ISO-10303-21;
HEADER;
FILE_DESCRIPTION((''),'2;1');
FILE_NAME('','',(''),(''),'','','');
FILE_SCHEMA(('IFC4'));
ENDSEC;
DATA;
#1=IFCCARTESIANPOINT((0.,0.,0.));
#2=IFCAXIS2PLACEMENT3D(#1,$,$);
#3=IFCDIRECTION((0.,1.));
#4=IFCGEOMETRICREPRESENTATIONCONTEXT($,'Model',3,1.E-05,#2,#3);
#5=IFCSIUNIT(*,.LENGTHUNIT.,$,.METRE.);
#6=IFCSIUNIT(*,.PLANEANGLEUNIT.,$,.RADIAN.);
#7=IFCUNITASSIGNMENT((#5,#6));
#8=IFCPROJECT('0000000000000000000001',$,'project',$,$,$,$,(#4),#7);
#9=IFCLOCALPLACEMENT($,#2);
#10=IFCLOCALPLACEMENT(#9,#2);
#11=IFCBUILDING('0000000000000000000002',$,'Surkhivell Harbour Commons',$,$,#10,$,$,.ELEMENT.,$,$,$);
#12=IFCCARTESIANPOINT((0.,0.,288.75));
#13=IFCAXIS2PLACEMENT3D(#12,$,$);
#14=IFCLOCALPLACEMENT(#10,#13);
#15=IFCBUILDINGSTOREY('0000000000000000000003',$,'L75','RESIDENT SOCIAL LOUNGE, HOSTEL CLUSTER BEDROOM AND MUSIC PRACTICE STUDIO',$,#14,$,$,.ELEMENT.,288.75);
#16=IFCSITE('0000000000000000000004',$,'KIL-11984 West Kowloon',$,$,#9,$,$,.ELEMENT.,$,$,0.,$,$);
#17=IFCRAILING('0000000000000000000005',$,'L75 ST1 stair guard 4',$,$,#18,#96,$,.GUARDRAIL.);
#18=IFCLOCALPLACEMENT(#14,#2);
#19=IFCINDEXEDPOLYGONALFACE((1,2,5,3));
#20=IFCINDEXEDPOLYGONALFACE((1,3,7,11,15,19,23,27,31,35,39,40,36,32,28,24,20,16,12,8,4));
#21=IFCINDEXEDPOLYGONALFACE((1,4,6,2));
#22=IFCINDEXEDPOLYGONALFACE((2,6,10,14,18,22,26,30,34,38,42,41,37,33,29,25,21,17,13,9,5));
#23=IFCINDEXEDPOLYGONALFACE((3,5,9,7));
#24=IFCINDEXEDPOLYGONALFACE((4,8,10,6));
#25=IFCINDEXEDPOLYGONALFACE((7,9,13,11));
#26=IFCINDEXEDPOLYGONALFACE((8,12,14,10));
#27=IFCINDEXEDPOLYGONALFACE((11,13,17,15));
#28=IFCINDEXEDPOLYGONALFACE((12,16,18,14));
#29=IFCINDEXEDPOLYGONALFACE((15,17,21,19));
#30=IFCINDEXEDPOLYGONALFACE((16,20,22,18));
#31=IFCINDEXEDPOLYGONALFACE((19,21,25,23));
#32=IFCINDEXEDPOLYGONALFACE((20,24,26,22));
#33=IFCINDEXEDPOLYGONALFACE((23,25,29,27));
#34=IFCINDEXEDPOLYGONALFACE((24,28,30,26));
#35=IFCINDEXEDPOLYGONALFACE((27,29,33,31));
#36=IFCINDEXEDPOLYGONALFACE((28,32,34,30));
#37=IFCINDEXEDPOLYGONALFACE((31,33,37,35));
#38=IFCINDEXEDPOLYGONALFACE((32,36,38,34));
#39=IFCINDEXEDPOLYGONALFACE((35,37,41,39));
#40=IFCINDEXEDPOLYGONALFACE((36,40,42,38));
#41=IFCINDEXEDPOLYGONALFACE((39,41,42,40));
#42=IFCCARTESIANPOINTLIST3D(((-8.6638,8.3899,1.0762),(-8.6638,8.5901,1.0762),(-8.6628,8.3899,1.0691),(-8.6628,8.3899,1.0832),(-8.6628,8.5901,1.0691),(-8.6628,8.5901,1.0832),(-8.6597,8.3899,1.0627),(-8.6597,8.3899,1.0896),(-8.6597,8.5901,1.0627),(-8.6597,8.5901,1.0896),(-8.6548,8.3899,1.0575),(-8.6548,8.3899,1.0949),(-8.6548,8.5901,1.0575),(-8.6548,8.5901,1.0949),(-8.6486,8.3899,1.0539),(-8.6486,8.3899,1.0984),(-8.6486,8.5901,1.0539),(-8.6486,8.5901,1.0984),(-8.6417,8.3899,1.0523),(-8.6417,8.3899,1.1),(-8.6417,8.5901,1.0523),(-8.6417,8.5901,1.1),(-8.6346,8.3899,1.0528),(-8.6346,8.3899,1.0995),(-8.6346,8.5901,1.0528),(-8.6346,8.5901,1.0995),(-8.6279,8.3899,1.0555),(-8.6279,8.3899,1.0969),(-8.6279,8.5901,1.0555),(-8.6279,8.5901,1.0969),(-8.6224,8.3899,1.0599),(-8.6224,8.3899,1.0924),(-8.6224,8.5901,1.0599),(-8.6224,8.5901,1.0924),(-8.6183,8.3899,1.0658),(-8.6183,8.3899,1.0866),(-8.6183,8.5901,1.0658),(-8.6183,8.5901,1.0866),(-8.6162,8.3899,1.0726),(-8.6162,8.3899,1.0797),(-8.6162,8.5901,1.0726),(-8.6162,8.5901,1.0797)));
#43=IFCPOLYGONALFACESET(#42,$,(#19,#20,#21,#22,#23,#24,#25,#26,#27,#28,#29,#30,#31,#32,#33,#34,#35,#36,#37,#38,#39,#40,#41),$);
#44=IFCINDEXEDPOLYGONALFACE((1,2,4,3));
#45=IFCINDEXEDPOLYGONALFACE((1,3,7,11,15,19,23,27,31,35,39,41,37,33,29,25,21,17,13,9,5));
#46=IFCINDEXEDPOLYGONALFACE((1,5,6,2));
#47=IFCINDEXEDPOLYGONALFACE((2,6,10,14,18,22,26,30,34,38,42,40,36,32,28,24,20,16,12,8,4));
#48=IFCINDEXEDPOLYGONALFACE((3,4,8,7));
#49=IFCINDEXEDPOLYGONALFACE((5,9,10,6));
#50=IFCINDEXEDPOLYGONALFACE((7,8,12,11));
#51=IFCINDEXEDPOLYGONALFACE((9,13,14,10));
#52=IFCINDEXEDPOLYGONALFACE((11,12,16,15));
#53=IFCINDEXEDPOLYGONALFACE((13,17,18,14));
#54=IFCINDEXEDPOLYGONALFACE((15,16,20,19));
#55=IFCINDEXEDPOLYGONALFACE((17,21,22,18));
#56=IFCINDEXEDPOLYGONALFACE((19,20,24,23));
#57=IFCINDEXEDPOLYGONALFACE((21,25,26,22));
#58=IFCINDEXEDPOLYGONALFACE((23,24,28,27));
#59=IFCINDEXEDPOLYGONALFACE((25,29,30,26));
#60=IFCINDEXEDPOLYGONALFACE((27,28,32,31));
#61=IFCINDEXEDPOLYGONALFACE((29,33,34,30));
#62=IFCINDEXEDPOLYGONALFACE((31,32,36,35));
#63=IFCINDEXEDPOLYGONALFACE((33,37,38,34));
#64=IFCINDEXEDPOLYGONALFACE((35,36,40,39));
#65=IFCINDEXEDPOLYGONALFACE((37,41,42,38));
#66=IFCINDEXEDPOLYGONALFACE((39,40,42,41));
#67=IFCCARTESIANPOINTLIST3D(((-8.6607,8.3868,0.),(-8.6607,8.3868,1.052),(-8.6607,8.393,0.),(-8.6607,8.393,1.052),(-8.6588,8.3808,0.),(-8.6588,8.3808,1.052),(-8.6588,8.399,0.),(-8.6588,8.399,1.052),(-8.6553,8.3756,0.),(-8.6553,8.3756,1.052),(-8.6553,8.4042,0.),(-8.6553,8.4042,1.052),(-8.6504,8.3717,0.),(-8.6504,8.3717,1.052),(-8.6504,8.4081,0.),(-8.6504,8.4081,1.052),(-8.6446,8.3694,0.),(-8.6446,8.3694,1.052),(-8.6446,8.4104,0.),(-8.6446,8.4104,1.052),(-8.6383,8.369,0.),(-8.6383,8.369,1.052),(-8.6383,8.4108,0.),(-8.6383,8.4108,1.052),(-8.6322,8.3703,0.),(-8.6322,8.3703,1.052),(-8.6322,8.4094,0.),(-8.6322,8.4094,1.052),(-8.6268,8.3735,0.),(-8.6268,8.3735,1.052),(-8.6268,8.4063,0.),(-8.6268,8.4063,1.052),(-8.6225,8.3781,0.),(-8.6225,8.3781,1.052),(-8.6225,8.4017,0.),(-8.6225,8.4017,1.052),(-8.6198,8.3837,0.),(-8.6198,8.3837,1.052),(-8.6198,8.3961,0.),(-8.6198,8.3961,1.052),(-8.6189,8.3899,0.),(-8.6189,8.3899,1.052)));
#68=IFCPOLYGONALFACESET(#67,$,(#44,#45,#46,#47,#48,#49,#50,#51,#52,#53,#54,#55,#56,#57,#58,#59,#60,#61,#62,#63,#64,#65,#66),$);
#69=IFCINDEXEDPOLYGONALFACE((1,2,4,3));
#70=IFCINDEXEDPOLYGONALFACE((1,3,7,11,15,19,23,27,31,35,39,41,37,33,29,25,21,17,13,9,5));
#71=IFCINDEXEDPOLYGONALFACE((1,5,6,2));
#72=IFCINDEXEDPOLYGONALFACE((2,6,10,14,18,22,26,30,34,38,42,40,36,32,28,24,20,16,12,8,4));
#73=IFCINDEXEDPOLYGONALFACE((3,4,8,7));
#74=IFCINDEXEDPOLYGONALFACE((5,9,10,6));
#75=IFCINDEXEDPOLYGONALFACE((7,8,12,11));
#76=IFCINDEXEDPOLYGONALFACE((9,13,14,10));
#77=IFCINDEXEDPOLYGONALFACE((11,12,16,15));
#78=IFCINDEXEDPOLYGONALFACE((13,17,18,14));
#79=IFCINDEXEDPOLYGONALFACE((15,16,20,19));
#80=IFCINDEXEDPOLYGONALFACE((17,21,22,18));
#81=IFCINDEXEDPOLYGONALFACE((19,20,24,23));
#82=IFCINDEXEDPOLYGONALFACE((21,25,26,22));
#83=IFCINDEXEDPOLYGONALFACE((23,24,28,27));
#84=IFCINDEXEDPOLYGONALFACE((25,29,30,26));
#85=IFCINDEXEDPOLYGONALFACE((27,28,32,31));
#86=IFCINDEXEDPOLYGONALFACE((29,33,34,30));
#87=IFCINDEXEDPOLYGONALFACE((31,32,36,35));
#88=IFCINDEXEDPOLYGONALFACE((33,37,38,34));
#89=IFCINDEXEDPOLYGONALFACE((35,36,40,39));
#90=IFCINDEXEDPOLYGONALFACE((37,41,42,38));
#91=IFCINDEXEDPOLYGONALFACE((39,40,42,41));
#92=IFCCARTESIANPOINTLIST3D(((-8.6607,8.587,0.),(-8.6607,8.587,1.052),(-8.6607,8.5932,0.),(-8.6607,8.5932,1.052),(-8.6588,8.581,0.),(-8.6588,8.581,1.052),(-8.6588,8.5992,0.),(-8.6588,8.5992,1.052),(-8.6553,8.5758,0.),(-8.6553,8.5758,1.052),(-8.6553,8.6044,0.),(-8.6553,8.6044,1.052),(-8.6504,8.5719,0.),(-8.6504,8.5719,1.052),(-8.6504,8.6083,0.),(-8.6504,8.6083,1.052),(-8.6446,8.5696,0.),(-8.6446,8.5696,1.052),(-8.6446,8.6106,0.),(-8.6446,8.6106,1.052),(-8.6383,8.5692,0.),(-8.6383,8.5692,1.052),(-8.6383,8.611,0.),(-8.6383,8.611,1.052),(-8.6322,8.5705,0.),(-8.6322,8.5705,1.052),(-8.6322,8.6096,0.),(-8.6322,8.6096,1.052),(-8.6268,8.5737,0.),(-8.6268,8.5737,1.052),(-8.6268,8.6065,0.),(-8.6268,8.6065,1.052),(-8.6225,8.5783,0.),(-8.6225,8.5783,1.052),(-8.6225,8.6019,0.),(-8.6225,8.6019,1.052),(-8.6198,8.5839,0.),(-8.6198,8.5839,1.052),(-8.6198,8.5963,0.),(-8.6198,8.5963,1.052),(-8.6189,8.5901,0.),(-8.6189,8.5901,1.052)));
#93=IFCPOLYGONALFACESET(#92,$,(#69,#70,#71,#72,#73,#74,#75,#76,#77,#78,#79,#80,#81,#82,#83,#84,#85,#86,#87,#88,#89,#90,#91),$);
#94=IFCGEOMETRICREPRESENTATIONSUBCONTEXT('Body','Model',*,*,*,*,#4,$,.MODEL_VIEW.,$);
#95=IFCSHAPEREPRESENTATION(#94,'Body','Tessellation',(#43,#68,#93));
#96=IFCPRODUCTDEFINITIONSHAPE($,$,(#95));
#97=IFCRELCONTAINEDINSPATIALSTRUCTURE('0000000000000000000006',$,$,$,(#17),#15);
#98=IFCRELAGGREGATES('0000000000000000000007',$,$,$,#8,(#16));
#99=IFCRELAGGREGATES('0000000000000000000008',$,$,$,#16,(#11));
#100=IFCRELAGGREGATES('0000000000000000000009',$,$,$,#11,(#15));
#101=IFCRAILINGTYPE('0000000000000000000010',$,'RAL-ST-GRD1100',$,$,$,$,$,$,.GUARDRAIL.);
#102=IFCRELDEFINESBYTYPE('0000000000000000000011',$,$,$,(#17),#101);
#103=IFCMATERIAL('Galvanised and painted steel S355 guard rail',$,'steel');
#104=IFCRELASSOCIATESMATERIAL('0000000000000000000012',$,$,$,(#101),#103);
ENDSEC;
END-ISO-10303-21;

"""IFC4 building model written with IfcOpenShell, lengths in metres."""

from ifc_helpers import new_model, si_unit, direction, frame, origin, origin_2d, place, context, subcontext, project, spatial, circle, extrude, material, type_object, element, save


model = new_model("IFC4")

# Units and contexts
model_context = context("Model", 3, precision=1e-05, world=origin(), true_north=direction((0.0, 1.0)))
body_context = subcontext(model_context, "Body", "Model", "MODEL_VIEW")
ifc_project = project(units=[si_unit("LENGTHUNIT", "METRE"), si_unit("PLANEANGLEUNIT", "RADIAN")], contexts=[model_context])

# Site, building, storey
site_placement = place(None, origin())
site = spatial("IfcSite", under=ifc_project, at=site_placement, Name="KIL-11984 West Kowloon", CompositionType="ELEMENT", RefElevation=0.0)
building_placement = place(site_placement, origin())
building = spatial("IfcBuilding", under=site, at=building_placement, Name="Surkhivell Harbour Commons", CompositionType="ELEMENT")
storey_placement = place(building_placement, frame((0.0, 0.0, 288.75)))
storey = spatial("IfcBuildingStorey", under=building, at=storey_placement, Name="L75", Description="RESIDENT SOCIAL LOUNGE, HOSTEL CLUSTER BEDROOM AND MUSIC PRACTICE STUDIO", CompositionType="ELEMENT", Elevation=288.75)

# Railing
ifc_material_1 = material(Name="Galvanised and painted steel S355 guard rail", Category="steel")
railing_type_1 = type_object("IfcRailingType", Name="RAL-ST-GRD1100", PredefinedType="GUARDRAIL", material=ifc_material_1)
railing_1_placement = place(storey_placement, frame((-8.6399, 8.3899, 0.0)))
element("IfcRailing", 1, at=railing_1_placement, inside=storey, type_object=railing_type_1, Name="L75 ST1 stair guard 4", PredefinedType="GUARDRAIL", context=body_context, shape_type="SweptSolid", body=[
    extrude(circle(Radius=0.0239, at=origin_2d()), frame((0.0, 0.0, 1.0762), z_axis=(0.0, 1.0, 0.0), x_axis=(-1.0, 0.0, 0.0)), (0.0, 0.0, 1.0), 0.2002),
    extrude(circle(Radius=0.021, at=origin_2d()), origin(), (0.0, 0.0, 1.0), 1.052),
    extrude(circle(Radius=0.021, at=origin_2d()), frame((0.0, 0.2002, 0.0)), (0.0, 0.0, 1.0), 1.052),
])

save(model, "model.ifc")
